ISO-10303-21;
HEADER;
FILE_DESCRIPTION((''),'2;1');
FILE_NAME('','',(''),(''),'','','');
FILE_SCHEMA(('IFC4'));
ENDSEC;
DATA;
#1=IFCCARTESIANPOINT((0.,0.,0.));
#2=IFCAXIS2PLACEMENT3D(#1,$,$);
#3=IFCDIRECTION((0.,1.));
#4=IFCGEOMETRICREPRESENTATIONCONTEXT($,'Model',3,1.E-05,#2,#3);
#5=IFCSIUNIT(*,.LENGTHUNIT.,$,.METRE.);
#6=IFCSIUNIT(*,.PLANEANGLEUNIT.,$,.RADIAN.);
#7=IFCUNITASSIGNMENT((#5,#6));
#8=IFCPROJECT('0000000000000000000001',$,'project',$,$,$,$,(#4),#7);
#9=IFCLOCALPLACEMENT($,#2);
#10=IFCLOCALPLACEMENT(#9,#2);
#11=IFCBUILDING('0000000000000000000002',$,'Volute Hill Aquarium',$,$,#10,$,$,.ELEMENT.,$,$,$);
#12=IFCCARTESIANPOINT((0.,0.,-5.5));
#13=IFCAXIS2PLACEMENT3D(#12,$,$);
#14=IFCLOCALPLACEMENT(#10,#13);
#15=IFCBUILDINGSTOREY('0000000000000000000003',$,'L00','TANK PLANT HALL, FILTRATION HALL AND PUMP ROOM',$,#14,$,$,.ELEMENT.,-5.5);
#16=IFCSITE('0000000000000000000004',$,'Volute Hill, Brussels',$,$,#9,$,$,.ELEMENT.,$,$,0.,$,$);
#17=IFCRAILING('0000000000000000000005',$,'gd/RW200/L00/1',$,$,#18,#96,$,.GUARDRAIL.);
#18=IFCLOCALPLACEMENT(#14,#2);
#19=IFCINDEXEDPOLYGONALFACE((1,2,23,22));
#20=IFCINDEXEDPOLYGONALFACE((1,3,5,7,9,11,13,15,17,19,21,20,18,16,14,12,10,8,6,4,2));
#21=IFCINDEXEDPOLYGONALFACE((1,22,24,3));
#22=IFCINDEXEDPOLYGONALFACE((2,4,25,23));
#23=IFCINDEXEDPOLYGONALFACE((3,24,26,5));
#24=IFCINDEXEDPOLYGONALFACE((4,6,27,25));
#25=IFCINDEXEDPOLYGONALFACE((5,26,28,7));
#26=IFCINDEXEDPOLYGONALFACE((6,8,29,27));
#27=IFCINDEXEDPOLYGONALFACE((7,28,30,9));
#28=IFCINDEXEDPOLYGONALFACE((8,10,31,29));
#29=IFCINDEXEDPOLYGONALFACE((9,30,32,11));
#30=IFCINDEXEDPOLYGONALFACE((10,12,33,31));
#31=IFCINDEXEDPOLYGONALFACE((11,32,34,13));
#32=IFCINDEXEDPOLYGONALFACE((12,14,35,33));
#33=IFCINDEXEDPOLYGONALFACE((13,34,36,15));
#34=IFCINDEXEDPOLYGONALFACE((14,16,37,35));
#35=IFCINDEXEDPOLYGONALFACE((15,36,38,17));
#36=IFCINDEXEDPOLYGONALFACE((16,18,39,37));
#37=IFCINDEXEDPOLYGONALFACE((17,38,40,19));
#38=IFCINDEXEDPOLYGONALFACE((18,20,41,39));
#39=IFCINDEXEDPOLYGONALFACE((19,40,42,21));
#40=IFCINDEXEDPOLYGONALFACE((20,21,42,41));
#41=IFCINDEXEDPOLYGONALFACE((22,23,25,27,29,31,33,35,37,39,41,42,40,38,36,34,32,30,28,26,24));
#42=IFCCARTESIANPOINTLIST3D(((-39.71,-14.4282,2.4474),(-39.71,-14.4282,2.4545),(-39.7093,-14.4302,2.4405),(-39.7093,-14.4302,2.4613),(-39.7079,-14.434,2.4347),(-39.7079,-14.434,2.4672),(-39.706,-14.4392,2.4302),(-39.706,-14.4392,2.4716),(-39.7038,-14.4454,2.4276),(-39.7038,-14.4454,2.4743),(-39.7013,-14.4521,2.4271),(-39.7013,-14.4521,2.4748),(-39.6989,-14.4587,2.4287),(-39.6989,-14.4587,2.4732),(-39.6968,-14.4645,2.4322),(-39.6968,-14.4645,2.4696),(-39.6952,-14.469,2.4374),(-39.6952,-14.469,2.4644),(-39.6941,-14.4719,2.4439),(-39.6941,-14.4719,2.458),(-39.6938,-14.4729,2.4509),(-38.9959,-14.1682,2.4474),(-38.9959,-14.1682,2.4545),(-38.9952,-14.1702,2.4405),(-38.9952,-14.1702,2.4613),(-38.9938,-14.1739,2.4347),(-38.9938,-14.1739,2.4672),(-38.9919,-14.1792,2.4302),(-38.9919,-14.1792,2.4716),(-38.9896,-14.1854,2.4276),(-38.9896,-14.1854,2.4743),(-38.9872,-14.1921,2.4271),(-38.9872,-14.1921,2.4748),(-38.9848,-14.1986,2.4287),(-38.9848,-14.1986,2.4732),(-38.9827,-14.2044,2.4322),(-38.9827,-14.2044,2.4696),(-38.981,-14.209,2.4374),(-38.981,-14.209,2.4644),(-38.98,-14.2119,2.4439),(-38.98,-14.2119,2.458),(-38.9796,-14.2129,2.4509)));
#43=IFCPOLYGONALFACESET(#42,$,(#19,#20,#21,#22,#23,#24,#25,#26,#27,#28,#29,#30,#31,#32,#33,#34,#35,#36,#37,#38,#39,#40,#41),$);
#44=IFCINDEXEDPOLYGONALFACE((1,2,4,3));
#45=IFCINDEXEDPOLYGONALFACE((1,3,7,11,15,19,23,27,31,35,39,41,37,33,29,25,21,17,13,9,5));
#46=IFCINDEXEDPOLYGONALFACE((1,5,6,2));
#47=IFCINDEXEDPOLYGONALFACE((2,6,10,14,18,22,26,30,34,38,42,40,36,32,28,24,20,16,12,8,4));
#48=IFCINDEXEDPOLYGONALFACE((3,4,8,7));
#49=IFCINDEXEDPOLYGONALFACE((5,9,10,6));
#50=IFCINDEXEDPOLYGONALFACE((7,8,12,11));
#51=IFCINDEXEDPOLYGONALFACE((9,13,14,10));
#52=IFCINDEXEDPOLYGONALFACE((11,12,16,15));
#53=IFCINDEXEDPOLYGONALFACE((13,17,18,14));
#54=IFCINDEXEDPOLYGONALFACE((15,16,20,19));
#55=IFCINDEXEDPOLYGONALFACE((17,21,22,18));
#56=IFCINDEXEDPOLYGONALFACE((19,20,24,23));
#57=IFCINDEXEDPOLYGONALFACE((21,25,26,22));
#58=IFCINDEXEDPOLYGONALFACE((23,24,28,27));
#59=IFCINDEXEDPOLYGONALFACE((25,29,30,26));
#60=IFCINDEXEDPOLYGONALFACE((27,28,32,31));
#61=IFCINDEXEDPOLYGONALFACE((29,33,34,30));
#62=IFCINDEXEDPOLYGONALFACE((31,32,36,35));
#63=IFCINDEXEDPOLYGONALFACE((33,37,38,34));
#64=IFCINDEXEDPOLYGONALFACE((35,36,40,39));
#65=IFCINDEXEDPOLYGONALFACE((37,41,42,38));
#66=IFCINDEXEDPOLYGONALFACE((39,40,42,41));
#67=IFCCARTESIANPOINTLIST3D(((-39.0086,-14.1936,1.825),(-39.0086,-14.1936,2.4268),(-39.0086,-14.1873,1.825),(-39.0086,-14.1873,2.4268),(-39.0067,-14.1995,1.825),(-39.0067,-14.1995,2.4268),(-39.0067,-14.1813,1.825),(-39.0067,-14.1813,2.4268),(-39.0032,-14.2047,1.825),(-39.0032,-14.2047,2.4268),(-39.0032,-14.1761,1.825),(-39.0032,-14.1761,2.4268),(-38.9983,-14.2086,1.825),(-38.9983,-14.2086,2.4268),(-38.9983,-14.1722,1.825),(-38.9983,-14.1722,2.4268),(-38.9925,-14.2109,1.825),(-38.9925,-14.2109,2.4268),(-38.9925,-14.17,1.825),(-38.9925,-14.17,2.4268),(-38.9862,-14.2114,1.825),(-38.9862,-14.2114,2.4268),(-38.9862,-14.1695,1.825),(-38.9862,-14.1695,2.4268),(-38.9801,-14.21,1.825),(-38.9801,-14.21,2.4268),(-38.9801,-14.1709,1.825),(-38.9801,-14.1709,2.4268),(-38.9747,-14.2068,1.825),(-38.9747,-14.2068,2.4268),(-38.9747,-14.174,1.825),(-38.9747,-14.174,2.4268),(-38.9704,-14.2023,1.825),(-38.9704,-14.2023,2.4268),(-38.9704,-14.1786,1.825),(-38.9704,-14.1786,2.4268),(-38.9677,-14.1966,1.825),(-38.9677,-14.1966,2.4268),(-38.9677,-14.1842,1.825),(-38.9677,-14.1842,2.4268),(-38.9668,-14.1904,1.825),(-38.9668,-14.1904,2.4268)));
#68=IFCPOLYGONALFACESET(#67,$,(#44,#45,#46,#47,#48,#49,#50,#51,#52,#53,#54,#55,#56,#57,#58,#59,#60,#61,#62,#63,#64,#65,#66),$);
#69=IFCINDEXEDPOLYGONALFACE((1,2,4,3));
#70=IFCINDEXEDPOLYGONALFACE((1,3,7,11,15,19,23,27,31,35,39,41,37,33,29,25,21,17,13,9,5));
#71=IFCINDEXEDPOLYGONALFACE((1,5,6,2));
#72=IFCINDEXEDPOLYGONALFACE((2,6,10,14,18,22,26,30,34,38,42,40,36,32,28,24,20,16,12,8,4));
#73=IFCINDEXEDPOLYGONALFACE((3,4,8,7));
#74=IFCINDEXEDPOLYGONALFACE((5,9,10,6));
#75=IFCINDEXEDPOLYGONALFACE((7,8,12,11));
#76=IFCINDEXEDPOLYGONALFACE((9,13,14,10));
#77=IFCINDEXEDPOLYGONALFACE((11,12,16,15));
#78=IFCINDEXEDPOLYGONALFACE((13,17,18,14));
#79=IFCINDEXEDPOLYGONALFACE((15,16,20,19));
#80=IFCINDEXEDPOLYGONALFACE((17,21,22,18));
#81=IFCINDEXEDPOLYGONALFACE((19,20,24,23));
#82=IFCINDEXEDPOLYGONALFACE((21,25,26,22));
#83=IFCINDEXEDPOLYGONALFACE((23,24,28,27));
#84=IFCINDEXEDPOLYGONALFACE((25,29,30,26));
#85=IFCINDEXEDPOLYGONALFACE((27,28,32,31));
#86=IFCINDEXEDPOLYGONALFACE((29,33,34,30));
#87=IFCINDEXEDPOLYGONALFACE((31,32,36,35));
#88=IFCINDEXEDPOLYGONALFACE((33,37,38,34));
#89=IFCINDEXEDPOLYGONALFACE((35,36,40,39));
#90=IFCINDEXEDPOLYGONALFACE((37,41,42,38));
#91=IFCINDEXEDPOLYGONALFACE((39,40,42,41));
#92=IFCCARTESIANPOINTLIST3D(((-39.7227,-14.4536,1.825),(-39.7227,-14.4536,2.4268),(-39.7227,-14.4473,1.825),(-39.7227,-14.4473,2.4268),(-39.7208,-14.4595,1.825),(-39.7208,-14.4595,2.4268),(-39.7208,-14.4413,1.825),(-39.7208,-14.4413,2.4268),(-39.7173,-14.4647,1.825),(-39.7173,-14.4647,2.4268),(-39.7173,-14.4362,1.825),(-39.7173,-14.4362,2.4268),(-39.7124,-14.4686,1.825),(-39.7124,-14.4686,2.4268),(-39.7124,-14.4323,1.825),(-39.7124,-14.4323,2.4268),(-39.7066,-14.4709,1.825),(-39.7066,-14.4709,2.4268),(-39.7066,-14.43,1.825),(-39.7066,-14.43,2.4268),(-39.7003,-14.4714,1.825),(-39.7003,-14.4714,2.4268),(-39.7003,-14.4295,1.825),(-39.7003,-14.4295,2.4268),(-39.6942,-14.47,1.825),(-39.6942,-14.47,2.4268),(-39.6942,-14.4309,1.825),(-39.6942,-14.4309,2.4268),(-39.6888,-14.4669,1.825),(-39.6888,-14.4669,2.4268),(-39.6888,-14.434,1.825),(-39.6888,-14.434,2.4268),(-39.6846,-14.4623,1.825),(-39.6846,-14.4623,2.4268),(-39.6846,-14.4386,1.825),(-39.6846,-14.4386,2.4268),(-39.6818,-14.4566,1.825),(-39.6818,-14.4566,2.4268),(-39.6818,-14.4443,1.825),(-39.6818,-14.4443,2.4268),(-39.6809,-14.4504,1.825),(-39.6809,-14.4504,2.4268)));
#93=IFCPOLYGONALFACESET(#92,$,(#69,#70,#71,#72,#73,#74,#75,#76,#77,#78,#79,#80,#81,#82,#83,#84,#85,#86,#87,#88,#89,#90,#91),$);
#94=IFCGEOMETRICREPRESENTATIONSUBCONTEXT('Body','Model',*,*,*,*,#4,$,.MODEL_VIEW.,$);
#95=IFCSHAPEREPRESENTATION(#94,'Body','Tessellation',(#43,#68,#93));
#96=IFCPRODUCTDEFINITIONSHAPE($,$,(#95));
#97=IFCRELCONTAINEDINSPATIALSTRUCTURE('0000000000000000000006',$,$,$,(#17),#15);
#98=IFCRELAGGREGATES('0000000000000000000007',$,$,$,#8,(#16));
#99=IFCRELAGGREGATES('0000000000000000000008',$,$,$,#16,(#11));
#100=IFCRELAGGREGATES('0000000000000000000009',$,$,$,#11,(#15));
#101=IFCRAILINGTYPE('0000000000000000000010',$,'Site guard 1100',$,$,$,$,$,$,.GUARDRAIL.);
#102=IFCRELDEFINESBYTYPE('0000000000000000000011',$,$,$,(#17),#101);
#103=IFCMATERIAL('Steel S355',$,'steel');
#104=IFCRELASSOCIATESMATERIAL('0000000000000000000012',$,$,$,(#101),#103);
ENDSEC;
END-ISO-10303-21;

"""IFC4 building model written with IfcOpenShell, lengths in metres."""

from ifc_helpers import new_model, si_unit, direction, frame, origin, origin_2d, place, context, subcontext, project, spatial, circle, extrude, material, type_object, element, save


model = new_model("IFC4")

# Units and contexts
model_context = context("Model", 3, precision=1e-05, world=origin(), true_north=direction((0.0, 1.0)))
body_context = subcontext(model_context, "Body", "Model", "MODEL_VIEW")
ifc_project = project(units=[si_unit("LENGTHUNIT", "METRE"), si_unit("PLANEANGLEUNIT", "RADIAN")], contexts=[model_context])

# Site, building, storey
site_placement = place(None, origin())
site = spatial("IfcSite", under=ifc_project, at=site_placement, Name="Volute Hill, Brussels", CompositionType="ELEMENT", RefElevation=0.0)
building_placement = place(site_placement, origin())
building = spatial("IfcBuilding", under=site, at=building_placement, Name="Volute Hill Aquarium", CompositionType="ELEMENT")
storey_placement = place(building_placement, frame((0.0, 0.0, -5.5)))
storey = spatial("IfcBuildingStorey", under=building, at=storey_placement, Name="L00", Description="TANK PLANT HALL, FILTRATION HALL AND PUMP ROOM", CompositionType="ELEMENT", Elevation=-5.5)

# Railing
ifc_material_1 = material(Name="Steel S355", Category="steel")
railing_type_1 = type_object("IfcRailingType", Name="Site guard 1100", PredefinedType="GUARDRAIL", material=ifc_material_1)
railing_1_placement = place(storey_placement, frame((-38.9878, -14.1904, 1.825)))
element("IfcRailing", 1, at=railing_1_placement, inside=storey, type_object=railing_type_1, Name="gd/RW200/L00/1", PredefinedType="GUARDRAIL", context=body_context, shape_type="SweptSolid", body=[
    extrude(circle(Radius=0.0239, at=origin_2d()), frame((0.0, 0.0, 0.626), z_axis=(-0.939653, -0.34213, 0.0), x_axis=(0.34213, -0.939653, 0.0)), (0.0, 0.0, 1.0), 0.76),
    extrude(circle(Radius=0.021, at=origin_2d()), origin(), (0.0, 0.0, 1.0), 0.6018),
    extrude(circle(Radius=0.021, at=origin_2d()), frame((-0.7141, -0.26, 0.0)), (0.0, 0.0, 1.0), 0.6018),
])

save(model, "model.ifc")
